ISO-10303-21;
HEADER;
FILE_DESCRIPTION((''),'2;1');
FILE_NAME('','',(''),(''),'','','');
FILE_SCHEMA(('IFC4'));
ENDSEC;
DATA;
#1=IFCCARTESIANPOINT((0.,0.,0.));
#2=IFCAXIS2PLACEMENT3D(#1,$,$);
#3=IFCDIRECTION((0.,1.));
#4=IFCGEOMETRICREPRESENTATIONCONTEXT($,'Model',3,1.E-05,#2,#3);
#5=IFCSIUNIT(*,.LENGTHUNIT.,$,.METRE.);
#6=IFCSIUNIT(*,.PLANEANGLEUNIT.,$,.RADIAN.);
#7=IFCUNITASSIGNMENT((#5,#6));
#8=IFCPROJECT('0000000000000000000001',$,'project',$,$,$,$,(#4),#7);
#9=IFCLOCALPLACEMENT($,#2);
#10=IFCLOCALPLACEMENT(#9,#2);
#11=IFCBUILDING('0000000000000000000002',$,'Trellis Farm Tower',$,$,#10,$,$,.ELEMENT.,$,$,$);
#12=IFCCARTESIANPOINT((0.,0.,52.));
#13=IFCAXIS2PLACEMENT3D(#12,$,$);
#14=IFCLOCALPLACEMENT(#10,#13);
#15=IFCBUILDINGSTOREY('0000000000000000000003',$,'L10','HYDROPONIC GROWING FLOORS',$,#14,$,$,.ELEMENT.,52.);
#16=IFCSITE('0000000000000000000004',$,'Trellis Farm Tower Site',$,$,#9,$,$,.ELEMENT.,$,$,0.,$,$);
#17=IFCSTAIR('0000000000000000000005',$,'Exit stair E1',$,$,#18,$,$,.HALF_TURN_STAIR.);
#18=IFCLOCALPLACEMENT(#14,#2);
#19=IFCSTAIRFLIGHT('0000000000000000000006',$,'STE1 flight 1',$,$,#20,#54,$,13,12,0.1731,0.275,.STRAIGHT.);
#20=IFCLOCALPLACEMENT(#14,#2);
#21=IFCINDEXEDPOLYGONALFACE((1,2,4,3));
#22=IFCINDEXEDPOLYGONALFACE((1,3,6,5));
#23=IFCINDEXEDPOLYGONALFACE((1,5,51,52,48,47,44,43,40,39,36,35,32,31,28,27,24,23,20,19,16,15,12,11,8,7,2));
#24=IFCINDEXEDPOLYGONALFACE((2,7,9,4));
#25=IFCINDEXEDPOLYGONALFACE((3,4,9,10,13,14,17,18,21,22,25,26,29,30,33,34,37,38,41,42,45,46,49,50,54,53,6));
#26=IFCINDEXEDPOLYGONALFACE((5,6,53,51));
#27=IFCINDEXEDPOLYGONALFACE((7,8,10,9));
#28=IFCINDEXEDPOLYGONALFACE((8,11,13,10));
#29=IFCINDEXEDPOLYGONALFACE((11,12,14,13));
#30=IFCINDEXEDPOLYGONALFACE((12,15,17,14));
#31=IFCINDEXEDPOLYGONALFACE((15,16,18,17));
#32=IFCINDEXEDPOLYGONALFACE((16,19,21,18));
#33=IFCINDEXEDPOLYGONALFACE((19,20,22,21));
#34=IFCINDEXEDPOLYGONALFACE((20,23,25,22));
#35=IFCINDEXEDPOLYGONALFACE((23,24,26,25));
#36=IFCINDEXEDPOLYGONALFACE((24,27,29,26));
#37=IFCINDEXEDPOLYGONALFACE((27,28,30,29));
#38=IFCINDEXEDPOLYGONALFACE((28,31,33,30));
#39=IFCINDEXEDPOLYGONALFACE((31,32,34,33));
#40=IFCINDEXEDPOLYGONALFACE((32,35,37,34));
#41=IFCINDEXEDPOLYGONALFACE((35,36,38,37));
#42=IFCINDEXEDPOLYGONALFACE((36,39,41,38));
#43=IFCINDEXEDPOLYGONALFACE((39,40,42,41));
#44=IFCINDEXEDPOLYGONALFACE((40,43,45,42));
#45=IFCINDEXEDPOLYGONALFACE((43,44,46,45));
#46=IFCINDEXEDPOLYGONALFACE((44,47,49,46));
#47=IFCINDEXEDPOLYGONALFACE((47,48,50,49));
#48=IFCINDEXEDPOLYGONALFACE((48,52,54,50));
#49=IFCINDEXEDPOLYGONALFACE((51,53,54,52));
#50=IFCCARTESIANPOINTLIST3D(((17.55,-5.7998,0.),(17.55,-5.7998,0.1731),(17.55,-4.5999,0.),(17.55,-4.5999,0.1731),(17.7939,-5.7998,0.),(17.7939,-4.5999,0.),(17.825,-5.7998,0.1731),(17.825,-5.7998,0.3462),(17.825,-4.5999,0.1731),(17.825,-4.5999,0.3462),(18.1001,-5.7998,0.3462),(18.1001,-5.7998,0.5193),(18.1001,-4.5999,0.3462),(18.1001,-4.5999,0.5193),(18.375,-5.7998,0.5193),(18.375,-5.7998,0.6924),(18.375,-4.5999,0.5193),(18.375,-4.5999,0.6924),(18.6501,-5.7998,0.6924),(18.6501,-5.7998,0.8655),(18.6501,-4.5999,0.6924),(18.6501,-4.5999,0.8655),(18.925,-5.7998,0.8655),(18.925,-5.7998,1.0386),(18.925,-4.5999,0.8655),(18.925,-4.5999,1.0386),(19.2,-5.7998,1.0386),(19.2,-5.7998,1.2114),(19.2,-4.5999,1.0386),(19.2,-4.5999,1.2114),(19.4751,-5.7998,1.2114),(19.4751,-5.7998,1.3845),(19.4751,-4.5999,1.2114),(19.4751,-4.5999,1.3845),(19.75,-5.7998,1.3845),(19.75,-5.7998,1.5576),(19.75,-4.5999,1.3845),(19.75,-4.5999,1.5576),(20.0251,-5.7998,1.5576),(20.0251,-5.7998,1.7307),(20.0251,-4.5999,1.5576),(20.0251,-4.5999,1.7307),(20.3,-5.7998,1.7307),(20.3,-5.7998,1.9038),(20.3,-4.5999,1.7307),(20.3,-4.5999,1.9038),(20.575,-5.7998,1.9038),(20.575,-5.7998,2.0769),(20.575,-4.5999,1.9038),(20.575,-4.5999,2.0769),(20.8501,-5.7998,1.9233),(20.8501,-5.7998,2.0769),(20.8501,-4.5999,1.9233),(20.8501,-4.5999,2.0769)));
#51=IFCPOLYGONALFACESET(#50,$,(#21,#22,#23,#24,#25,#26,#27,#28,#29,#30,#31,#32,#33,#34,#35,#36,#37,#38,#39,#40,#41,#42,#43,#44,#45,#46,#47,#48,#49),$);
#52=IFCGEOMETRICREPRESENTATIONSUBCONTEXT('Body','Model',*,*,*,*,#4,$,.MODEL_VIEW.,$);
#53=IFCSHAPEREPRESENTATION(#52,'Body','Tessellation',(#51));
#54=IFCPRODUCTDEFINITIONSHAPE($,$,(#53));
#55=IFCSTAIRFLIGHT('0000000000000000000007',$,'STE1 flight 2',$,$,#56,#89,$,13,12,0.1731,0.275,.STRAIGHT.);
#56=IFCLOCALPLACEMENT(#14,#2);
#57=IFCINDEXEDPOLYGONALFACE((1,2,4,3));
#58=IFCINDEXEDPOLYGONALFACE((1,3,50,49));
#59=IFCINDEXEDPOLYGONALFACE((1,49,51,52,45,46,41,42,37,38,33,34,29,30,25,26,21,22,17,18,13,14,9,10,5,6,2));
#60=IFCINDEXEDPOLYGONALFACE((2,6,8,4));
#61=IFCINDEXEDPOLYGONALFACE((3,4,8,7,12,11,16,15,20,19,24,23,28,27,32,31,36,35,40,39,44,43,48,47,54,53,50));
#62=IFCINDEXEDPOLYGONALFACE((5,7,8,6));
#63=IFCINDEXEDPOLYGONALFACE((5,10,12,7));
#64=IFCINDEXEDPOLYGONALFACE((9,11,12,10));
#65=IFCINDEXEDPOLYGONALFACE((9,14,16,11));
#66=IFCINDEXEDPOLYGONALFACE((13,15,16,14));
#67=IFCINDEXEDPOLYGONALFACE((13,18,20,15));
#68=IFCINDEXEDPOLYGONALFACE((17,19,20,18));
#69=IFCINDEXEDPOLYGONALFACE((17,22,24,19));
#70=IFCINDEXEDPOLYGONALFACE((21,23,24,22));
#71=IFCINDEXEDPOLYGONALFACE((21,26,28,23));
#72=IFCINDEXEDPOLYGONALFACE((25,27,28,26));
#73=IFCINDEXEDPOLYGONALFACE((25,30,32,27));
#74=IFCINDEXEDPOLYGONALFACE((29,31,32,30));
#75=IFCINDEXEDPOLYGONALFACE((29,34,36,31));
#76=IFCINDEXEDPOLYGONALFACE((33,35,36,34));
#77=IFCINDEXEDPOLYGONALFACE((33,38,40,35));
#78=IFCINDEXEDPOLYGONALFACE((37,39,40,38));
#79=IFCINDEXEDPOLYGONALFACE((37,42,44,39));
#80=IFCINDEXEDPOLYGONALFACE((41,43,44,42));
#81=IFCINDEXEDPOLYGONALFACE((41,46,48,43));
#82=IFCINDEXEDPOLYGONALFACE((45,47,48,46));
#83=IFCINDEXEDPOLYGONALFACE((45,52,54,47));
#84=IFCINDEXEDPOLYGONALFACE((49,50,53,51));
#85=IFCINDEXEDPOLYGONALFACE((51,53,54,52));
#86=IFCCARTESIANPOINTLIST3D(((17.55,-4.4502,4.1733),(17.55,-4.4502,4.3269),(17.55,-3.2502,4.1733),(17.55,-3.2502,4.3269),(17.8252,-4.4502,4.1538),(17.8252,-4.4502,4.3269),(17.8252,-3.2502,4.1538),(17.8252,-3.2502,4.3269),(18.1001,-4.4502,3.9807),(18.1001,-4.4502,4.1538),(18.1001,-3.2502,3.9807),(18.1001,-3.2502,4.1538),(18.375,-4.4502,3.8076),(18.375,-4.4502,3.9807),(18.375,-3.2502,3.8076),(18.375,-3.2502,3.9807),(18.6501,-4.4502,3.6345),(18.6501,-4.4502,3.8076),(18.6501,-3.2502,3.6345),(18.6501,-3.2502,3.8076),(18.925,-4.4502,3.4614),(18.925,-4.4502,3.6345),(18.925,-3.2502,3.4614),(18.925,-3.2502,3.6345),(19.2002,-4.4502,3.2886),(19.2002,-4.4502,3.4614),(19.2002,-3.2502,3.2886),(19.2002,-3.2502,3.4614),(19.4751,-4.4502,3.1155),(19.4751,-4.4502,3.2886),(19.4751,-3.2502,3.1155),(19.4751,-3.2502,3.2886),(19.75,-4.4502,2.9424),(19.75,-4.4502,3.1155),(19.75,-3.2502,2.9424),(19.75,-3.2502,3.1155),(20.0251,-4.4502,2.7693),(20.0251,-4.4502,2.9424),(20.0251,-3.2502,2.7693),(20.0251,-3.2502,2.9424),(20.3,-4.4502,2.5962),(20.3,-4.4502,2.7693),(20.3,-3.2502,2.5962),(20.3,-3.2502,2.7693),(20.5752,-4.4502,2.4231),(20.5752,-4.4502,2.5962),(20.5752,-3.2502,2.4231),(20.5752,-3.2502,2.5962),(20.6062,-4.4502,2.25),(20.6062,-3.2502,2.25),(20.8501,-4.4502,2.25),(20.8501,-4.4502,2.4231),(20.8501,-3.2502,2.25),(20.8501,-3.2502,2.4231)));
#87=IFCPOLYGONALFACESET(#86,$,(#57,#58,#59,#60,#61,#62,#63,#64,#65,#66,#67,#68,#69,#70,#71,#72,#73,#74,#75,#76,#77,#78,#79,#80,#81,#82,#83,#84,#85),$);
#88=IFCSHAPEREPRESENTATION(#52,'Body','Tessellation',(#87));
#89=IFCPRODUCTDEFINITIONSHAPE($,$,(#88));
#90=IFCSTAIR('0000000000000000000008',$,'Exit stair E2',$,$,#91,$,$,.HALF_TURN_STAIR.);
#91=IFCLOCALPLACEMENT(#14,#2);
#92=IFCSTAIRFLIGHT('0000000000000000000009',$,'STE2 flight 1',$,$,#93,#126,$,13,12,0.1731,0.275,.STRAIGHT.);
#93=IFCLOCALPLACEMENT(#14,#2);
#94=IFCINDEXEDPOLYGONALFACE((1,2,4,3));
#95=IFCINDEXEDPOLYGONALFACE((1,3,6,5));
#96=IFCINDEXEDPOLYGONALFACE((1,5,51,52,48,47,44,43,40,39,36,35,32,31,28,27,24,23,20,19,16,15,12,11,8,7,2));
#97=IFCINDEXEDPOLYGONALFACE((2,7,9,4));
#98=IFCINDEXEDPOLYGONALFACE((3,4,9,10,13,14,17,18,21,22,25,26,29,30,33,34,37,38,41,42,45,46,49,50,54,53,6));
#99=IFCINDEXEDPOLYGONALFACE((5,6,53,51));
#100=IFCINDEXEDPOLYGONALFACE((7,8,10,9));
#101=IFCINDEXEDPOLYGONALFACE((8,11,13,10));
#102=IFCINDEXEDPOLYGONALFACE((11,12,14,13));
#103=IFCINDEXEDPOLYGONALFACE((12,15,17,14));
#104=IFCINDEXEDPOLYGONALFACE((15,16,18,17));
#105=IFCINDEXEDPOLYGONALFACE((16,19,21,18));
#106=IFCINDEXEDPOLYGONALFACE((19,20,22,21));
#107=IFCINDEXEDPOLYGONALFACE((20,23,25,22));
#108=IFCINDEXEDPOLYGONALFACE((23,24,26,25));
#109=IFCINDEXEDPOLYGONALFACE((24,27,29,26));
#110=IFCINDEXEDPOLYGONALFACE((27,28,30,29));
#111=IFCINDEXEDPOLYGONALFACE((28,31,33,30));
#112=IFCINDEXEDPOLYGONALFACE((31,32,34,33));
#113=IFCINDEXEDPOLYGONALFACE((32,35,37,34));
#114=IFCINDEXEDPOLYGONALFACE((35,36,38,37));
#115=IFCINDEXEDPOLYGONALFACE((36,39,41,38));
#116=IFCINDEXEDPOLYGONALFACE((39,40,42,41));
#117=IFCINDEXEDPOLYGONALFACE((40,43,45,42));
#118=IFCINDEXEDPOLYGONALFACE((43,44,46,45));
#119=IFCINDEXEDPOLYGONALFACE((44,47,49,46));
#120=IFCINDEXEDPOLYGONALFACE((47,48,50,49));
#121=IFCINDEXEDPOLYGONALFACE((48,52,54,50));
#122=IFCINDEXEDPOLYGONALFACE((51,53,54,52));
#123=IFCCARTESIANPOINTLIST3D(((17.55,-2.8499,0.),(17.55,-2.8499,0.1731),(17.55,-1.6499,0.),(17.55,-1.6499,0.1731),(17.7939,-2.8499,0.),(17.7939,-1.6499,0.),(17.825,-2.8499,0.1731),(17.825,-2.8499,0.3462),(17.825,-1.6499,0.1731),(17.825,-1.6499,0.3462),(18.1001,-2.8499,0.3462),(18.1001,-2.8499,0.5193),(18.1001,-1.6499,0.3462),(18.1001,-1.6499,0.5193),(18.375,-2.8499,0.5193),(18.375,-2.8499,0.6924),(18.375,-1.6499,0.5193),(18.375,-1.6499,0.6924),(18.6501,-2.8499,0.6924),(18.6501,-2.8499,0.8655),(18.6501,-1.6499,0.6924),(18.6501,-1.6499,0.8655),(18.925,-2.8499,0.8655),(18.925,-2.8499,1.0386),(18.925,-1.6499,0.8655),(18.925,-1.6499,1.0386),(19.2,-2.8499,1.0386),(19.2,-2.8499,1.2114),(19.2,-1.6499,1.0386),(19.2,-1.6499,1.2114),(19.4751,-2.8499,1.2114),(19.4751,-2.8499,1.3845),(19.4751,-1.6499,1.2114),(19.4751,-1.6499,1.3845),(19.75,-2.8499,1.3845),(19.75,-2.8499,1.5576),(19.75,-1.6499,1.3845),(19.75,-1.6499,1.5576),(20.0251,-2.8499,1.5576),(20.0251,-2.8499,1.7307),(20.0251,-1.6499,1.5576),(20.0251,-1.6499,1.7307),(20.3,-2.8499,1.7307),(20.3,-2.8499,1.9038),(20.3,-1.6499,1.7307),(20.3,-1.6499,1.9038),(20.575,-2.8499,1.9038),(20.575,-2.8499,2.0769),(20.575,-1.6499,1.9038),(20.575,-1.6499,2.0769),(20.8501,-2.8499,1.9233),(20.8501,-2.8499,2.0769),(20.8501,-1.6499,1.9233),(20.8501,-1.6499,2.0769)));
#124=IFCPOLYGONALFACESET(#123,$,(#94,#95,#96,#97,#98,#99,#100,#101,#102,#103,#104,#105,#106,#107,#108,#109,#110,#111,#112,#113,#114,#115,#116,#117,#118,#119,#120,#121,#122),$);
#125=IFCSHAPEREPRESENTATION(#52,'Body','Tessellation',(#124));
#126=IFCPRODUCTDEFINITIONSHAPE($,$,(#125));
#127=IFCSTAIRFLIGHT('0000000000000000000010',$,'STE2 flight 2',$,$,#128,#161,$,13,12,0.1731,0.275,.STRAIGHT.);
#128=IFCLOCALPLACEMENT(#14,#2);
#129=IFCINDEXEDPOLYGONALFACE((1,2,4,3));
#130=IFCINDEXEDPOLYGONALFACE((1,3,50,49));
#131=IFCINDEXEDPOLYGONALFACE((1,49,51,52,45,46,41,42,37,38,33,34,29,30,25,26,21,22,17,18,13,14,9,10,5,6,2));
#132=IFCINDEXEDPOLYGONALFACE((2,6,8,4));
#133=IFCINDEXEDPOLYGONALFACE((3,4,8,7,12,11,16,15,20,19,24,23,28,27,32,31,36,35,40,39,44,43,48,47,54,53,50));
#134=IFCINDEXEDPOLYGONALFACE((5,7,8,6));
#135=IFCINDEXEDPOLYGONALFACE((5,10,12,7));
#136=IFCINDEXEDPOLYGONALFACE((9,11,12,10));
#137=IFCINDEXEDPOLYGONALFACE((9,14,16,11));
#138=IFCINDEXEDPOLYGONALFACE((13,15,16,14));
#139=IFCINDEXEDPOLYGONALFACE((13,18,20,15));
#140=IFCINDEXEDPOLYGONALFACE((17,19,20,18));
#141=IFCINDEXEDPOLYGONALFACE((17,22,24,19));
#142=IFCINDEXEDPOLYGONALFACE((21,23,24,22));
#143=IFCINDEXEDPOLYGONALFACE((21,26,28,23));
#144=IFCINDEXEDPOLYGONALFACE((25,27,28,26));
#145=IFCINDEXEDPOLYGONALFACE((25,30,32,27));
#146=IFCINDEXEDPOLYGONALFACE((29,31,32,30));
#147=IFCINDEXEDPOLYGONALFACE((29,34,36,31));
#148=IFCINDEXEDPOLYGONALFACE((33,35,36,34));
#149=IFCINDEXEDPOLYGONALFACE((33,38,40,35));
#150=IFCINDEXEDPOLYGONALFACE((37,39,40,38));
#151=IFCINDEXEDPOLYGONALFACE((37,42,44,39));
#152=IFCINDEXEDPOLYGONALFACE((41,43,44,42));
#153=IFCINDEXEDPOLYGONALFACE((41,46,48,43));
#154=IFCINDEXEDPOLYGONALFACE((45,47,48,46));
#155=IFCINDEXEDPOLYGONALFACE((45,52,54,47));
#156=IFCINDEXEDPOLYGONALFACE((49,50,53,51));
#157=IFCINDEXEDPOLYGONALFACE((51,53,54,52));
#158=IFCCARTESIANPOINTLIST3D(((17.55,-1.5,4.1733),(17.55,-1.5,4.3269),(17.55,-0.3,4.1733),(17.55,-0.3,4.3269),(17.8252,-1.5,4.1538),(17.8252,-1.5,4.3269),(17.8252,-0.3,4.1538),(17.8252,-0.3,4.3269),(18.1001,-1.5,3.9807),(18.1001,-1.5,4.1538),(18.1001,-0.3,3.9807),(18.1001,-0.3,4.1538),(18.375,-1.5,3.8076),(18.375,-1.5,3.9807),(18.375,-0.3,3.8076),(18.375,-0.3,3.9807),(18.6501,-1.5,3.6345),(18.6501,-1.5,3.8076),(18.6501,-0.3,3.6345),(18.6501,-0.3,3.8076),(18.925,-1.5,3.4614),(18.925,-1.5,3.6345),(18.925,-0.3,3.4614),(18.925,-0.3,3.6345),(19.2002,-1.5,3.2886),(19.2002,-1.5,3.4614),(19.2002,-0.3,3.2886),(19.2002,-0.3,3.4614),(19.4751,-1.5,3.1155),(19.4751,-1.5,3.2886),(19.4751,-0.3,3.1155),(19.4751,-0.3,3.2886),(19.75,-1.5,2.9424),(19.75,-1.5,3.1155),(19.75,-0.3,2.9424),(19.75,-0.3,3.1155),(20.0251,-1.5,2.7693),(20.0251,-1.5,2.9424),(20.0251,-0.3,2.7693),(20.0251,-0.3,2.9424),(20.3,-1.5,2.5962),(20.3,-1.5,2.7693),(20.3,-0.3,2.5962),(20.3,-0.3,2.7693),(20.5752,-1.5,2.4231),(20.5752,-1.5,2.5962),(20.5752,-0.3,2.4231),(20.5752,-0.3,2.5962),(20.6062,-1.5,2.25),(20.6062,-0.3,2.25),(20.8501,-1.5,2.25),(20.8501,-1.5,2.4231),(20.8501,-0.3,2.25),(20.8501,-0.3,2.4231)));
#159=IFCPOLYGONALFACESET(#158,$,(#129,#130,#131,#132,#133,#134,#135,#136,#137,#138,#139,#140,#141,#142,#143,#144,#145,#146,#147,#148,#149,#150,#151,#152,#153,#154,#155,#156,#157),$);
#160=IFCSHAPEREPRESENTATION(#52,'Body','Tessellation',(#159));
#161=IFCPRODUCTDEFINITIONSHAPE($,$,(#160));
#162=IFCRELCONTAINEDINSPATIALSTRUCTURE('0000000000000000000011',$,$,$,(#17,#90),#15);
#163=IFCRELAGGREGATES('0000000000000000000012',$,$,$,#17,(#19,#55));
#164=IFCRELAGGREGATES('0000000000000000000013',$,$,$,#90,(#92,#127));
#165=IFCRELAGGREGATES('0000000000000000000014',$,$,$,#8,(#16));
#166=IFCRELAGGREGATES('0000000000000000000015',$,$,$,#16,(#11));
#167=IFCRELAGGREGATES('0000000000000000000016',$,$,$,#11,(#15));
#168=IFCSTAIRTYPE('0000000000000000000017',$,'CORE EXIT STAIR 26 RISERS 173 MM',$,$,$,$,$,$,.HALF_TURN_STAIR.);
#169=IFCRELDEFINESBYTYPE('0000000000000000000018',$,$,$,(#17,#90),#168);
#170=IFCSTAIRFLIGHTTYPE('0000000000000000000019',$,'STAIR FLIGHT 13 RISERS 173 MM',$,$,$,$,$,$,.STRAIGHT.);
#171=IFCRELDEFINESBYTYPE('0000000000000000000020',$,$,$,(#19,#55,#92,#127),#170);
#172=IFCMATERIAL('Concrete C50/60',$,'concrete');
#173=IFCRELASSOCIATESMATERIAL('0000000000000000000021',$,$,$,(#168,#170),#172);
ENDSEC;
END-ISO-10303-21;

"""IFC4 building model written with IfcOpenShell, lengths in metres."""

from ifc_helpers import new_model, si_unit, direction, frame, origin, place, context, subcontext, project, spatial, polyline, outline, extrude, source, transform, mapped, material, type_object, element, aggregate, save


model = new_model("IFC4")

# Units and contexts
model_context = context("Model", 3, precision=1e-05, world=origin(), true_north=direction((0.0, 1.0)))
body_context = subcontext(model_context, "Body", "Model", "MODEL_VIEW")
ifc_project = project(units=[si_unit("LENGTHUNIT", "METRE"), si_unit("PLANEANGLEUNIT", "RADIAN")], contexts=[model_context])

# Site, building, storey
site_placement = place(None, origin())
site = spatial("IfcSite", under=ifc_project, at=site_placement, Name="Trellis Farm Tower Site", CompositionType="ELEMENT", RefElevation=0.0)
building_placement = place(site_placement, origin())
building = spatial("IfcBuilding", under=site, at=building_placement, Name="Trellis Farm Tower", CompositionType="ELEMENT")
storey_placement = place(building_placement, frame((0.0, 0.0, 52.0)))
storey = spatial("IfcBuildingStorey", under=building, at=storey_placement, Name="L10", Description="HYDROPONIC GROWING FLOORS", CompositionType="ELEMENT", Elevation=52.0)

# Shared definitions
placement = place(storey_placement, origin())

# Stairs, stair flights
ifc_material_1 = material(Name="Concrete C50/60", Category="concrete")
stair_type = type_object("IfcStairType", Name="CORE EXIT STAIR 26 RISERS 173 MM", PredefinedType="HALF_TURN_STAIR", material=ifc_material_1)
stair_1 = element("IfcStair", 1, at=placement, inside=storey, type_object=stair_type, Name="Exit stair E1", PredefinedType="HALF_TURN_STAIR")
stair_flight_type = type_object("IfcStairFlightType", Name="STAIR FLIGHT 13 RISERS 173 MM", PredefinedType="STRAIGHT", material=ifc_material_1)
shared_shape_1 = source(origin(), body_context, "Body", "SweptSolid", [
    extrude(outline(polyline([(0.0, 0.0), (0.0, 0.1731), (0.2749, 0.1731), (0.2749, 0.3462), (0.55, 0.3462), (0.55, 0.5193), (0.825, 0.5193), (0.825, 0.6924), (1.1001, 0.6924), (1.1001, 0.8655), (1.375, 0.8655), (1.375, 1.0386), (1.6499, 1.0386), (1.6499, 1.2114), (1.925, 1.2114), (1.925, 1.3845), (2.2, 1.3845), (2.2, 1.5576), (2.4751, 1.5576), (2.4751, 1.7307), (2.75, 1.7307), (2.75, 1.9038), (3.0249, 1.9038), (3.0249, 2.0769), (3.3, 2.0769), (3.3, 2.25), (3.3, 1.9233), (0.2439, 0.0), (0.0, 0.0)])), frame((0.0, 0.6001, 0.0), z_axis=(0.0, -1.0, 0.0), x_axis=(1.0, 0.0, 0.0)), (0.0, 0.0, 1.0), 1.2),
])
stair_flight_1_placement = place(storey_placement, frame((17.55, -5.2, 0.0), z_axis=(0.0, 0.0, 1.0), x_axis=(1.0, 0.0, 0.0)))
stair_flight_1 = element("IfcStairFlight", 2, at=stair_flight_1_placement, type_object=stair_flight_type, Name="STE1 flight 1", NumberOfRisers=13, NumberOfTreads=12, PredefinedType="STRAIGHT", RiserHeight=0.1731, TreadLength=0.275, context=body_context, shape_type="MappedRepresentation", body=[
    mapped(shared_shape_1, transform((0.0, 0.0, 0.0))),
])
stair_flight_2_placement = place(storey_placement, frame((20.8501, -3.8501, 2.25), z_axis=(0.0, 0.0, 1.0), x_axis=(-1.0, 0.0, 0.0)))
stair_flight_2 = element("IfcStairFlight", 3, at=stair_flight_2_placement, type_object=stair_flight_type, Name="STE1 flight 2", NumberOfRisers=13, NumberOfTreads=12, PredefinedType="STRAIGHT", RiserHeight=0.1731, TreadLength=0.275, context=body_context, shape_type="MappedRepresentation", body=[
    mapped(shared_shape_1, transform((0.0, 0.0, 0.0))),
])
aggregate(stair_1, [stair_flight_1, stair_flight_2])
stair_2 = element("IfcStair", 4, at=placement, inside=storey, type_object=stair_type, Name="Exit stair E2", PredefinedType="HALF_TURN_STAIR")
stair_flight_3_placement = place(storey_placement, frame((17.55, -2.25, 0.0), z_axis=(0.0, 0.0, 1.0), x_axis=(1.0, 0.0, 0.0)))
stair_flight_3 = element("IfcStairFlight", 5, at=stair_flight_3_placement, type_object=stair_flight_type, Name="STE2 flight 1", NumberOfRisers=13, NumberOfTreads=12, PredefinedType="STRAIGHT", RiserHeight=0.1731, TreadLength=0.275, context=body_context, shape_type="MappedRepresentation", body=[
    mapped(shared_shape_1, transform((0.0, 0.0, 0.0))),
])
stair_flight_4_placement = place(storey_placement, frame((20.8501, -0.8999, 2.25), z_axis=(0.0, 0.0, 1.0), x_axis=(-1.0, 0.0, 0.0)))
stair_flight_4 = element("IfcStairFlight", 6, at=stair_flight_4_placement, type_object=stair_flight_type, Name="STE2 flight 2", NumberOfRisers=13, NumberOfTreads=12, PredefinedType="STRAIGHT", RiserHeight=0.1731, TreadLength=0.275, context=body_context, shape_type="MappedRepresentation", body=[
    mapped(shared_shape_1, transform((0.0, 0.0, 0.0))),
])
aggregate(stair_2, [stair_flight_3, stair_flight_4])

save(model, "model.ifc")
